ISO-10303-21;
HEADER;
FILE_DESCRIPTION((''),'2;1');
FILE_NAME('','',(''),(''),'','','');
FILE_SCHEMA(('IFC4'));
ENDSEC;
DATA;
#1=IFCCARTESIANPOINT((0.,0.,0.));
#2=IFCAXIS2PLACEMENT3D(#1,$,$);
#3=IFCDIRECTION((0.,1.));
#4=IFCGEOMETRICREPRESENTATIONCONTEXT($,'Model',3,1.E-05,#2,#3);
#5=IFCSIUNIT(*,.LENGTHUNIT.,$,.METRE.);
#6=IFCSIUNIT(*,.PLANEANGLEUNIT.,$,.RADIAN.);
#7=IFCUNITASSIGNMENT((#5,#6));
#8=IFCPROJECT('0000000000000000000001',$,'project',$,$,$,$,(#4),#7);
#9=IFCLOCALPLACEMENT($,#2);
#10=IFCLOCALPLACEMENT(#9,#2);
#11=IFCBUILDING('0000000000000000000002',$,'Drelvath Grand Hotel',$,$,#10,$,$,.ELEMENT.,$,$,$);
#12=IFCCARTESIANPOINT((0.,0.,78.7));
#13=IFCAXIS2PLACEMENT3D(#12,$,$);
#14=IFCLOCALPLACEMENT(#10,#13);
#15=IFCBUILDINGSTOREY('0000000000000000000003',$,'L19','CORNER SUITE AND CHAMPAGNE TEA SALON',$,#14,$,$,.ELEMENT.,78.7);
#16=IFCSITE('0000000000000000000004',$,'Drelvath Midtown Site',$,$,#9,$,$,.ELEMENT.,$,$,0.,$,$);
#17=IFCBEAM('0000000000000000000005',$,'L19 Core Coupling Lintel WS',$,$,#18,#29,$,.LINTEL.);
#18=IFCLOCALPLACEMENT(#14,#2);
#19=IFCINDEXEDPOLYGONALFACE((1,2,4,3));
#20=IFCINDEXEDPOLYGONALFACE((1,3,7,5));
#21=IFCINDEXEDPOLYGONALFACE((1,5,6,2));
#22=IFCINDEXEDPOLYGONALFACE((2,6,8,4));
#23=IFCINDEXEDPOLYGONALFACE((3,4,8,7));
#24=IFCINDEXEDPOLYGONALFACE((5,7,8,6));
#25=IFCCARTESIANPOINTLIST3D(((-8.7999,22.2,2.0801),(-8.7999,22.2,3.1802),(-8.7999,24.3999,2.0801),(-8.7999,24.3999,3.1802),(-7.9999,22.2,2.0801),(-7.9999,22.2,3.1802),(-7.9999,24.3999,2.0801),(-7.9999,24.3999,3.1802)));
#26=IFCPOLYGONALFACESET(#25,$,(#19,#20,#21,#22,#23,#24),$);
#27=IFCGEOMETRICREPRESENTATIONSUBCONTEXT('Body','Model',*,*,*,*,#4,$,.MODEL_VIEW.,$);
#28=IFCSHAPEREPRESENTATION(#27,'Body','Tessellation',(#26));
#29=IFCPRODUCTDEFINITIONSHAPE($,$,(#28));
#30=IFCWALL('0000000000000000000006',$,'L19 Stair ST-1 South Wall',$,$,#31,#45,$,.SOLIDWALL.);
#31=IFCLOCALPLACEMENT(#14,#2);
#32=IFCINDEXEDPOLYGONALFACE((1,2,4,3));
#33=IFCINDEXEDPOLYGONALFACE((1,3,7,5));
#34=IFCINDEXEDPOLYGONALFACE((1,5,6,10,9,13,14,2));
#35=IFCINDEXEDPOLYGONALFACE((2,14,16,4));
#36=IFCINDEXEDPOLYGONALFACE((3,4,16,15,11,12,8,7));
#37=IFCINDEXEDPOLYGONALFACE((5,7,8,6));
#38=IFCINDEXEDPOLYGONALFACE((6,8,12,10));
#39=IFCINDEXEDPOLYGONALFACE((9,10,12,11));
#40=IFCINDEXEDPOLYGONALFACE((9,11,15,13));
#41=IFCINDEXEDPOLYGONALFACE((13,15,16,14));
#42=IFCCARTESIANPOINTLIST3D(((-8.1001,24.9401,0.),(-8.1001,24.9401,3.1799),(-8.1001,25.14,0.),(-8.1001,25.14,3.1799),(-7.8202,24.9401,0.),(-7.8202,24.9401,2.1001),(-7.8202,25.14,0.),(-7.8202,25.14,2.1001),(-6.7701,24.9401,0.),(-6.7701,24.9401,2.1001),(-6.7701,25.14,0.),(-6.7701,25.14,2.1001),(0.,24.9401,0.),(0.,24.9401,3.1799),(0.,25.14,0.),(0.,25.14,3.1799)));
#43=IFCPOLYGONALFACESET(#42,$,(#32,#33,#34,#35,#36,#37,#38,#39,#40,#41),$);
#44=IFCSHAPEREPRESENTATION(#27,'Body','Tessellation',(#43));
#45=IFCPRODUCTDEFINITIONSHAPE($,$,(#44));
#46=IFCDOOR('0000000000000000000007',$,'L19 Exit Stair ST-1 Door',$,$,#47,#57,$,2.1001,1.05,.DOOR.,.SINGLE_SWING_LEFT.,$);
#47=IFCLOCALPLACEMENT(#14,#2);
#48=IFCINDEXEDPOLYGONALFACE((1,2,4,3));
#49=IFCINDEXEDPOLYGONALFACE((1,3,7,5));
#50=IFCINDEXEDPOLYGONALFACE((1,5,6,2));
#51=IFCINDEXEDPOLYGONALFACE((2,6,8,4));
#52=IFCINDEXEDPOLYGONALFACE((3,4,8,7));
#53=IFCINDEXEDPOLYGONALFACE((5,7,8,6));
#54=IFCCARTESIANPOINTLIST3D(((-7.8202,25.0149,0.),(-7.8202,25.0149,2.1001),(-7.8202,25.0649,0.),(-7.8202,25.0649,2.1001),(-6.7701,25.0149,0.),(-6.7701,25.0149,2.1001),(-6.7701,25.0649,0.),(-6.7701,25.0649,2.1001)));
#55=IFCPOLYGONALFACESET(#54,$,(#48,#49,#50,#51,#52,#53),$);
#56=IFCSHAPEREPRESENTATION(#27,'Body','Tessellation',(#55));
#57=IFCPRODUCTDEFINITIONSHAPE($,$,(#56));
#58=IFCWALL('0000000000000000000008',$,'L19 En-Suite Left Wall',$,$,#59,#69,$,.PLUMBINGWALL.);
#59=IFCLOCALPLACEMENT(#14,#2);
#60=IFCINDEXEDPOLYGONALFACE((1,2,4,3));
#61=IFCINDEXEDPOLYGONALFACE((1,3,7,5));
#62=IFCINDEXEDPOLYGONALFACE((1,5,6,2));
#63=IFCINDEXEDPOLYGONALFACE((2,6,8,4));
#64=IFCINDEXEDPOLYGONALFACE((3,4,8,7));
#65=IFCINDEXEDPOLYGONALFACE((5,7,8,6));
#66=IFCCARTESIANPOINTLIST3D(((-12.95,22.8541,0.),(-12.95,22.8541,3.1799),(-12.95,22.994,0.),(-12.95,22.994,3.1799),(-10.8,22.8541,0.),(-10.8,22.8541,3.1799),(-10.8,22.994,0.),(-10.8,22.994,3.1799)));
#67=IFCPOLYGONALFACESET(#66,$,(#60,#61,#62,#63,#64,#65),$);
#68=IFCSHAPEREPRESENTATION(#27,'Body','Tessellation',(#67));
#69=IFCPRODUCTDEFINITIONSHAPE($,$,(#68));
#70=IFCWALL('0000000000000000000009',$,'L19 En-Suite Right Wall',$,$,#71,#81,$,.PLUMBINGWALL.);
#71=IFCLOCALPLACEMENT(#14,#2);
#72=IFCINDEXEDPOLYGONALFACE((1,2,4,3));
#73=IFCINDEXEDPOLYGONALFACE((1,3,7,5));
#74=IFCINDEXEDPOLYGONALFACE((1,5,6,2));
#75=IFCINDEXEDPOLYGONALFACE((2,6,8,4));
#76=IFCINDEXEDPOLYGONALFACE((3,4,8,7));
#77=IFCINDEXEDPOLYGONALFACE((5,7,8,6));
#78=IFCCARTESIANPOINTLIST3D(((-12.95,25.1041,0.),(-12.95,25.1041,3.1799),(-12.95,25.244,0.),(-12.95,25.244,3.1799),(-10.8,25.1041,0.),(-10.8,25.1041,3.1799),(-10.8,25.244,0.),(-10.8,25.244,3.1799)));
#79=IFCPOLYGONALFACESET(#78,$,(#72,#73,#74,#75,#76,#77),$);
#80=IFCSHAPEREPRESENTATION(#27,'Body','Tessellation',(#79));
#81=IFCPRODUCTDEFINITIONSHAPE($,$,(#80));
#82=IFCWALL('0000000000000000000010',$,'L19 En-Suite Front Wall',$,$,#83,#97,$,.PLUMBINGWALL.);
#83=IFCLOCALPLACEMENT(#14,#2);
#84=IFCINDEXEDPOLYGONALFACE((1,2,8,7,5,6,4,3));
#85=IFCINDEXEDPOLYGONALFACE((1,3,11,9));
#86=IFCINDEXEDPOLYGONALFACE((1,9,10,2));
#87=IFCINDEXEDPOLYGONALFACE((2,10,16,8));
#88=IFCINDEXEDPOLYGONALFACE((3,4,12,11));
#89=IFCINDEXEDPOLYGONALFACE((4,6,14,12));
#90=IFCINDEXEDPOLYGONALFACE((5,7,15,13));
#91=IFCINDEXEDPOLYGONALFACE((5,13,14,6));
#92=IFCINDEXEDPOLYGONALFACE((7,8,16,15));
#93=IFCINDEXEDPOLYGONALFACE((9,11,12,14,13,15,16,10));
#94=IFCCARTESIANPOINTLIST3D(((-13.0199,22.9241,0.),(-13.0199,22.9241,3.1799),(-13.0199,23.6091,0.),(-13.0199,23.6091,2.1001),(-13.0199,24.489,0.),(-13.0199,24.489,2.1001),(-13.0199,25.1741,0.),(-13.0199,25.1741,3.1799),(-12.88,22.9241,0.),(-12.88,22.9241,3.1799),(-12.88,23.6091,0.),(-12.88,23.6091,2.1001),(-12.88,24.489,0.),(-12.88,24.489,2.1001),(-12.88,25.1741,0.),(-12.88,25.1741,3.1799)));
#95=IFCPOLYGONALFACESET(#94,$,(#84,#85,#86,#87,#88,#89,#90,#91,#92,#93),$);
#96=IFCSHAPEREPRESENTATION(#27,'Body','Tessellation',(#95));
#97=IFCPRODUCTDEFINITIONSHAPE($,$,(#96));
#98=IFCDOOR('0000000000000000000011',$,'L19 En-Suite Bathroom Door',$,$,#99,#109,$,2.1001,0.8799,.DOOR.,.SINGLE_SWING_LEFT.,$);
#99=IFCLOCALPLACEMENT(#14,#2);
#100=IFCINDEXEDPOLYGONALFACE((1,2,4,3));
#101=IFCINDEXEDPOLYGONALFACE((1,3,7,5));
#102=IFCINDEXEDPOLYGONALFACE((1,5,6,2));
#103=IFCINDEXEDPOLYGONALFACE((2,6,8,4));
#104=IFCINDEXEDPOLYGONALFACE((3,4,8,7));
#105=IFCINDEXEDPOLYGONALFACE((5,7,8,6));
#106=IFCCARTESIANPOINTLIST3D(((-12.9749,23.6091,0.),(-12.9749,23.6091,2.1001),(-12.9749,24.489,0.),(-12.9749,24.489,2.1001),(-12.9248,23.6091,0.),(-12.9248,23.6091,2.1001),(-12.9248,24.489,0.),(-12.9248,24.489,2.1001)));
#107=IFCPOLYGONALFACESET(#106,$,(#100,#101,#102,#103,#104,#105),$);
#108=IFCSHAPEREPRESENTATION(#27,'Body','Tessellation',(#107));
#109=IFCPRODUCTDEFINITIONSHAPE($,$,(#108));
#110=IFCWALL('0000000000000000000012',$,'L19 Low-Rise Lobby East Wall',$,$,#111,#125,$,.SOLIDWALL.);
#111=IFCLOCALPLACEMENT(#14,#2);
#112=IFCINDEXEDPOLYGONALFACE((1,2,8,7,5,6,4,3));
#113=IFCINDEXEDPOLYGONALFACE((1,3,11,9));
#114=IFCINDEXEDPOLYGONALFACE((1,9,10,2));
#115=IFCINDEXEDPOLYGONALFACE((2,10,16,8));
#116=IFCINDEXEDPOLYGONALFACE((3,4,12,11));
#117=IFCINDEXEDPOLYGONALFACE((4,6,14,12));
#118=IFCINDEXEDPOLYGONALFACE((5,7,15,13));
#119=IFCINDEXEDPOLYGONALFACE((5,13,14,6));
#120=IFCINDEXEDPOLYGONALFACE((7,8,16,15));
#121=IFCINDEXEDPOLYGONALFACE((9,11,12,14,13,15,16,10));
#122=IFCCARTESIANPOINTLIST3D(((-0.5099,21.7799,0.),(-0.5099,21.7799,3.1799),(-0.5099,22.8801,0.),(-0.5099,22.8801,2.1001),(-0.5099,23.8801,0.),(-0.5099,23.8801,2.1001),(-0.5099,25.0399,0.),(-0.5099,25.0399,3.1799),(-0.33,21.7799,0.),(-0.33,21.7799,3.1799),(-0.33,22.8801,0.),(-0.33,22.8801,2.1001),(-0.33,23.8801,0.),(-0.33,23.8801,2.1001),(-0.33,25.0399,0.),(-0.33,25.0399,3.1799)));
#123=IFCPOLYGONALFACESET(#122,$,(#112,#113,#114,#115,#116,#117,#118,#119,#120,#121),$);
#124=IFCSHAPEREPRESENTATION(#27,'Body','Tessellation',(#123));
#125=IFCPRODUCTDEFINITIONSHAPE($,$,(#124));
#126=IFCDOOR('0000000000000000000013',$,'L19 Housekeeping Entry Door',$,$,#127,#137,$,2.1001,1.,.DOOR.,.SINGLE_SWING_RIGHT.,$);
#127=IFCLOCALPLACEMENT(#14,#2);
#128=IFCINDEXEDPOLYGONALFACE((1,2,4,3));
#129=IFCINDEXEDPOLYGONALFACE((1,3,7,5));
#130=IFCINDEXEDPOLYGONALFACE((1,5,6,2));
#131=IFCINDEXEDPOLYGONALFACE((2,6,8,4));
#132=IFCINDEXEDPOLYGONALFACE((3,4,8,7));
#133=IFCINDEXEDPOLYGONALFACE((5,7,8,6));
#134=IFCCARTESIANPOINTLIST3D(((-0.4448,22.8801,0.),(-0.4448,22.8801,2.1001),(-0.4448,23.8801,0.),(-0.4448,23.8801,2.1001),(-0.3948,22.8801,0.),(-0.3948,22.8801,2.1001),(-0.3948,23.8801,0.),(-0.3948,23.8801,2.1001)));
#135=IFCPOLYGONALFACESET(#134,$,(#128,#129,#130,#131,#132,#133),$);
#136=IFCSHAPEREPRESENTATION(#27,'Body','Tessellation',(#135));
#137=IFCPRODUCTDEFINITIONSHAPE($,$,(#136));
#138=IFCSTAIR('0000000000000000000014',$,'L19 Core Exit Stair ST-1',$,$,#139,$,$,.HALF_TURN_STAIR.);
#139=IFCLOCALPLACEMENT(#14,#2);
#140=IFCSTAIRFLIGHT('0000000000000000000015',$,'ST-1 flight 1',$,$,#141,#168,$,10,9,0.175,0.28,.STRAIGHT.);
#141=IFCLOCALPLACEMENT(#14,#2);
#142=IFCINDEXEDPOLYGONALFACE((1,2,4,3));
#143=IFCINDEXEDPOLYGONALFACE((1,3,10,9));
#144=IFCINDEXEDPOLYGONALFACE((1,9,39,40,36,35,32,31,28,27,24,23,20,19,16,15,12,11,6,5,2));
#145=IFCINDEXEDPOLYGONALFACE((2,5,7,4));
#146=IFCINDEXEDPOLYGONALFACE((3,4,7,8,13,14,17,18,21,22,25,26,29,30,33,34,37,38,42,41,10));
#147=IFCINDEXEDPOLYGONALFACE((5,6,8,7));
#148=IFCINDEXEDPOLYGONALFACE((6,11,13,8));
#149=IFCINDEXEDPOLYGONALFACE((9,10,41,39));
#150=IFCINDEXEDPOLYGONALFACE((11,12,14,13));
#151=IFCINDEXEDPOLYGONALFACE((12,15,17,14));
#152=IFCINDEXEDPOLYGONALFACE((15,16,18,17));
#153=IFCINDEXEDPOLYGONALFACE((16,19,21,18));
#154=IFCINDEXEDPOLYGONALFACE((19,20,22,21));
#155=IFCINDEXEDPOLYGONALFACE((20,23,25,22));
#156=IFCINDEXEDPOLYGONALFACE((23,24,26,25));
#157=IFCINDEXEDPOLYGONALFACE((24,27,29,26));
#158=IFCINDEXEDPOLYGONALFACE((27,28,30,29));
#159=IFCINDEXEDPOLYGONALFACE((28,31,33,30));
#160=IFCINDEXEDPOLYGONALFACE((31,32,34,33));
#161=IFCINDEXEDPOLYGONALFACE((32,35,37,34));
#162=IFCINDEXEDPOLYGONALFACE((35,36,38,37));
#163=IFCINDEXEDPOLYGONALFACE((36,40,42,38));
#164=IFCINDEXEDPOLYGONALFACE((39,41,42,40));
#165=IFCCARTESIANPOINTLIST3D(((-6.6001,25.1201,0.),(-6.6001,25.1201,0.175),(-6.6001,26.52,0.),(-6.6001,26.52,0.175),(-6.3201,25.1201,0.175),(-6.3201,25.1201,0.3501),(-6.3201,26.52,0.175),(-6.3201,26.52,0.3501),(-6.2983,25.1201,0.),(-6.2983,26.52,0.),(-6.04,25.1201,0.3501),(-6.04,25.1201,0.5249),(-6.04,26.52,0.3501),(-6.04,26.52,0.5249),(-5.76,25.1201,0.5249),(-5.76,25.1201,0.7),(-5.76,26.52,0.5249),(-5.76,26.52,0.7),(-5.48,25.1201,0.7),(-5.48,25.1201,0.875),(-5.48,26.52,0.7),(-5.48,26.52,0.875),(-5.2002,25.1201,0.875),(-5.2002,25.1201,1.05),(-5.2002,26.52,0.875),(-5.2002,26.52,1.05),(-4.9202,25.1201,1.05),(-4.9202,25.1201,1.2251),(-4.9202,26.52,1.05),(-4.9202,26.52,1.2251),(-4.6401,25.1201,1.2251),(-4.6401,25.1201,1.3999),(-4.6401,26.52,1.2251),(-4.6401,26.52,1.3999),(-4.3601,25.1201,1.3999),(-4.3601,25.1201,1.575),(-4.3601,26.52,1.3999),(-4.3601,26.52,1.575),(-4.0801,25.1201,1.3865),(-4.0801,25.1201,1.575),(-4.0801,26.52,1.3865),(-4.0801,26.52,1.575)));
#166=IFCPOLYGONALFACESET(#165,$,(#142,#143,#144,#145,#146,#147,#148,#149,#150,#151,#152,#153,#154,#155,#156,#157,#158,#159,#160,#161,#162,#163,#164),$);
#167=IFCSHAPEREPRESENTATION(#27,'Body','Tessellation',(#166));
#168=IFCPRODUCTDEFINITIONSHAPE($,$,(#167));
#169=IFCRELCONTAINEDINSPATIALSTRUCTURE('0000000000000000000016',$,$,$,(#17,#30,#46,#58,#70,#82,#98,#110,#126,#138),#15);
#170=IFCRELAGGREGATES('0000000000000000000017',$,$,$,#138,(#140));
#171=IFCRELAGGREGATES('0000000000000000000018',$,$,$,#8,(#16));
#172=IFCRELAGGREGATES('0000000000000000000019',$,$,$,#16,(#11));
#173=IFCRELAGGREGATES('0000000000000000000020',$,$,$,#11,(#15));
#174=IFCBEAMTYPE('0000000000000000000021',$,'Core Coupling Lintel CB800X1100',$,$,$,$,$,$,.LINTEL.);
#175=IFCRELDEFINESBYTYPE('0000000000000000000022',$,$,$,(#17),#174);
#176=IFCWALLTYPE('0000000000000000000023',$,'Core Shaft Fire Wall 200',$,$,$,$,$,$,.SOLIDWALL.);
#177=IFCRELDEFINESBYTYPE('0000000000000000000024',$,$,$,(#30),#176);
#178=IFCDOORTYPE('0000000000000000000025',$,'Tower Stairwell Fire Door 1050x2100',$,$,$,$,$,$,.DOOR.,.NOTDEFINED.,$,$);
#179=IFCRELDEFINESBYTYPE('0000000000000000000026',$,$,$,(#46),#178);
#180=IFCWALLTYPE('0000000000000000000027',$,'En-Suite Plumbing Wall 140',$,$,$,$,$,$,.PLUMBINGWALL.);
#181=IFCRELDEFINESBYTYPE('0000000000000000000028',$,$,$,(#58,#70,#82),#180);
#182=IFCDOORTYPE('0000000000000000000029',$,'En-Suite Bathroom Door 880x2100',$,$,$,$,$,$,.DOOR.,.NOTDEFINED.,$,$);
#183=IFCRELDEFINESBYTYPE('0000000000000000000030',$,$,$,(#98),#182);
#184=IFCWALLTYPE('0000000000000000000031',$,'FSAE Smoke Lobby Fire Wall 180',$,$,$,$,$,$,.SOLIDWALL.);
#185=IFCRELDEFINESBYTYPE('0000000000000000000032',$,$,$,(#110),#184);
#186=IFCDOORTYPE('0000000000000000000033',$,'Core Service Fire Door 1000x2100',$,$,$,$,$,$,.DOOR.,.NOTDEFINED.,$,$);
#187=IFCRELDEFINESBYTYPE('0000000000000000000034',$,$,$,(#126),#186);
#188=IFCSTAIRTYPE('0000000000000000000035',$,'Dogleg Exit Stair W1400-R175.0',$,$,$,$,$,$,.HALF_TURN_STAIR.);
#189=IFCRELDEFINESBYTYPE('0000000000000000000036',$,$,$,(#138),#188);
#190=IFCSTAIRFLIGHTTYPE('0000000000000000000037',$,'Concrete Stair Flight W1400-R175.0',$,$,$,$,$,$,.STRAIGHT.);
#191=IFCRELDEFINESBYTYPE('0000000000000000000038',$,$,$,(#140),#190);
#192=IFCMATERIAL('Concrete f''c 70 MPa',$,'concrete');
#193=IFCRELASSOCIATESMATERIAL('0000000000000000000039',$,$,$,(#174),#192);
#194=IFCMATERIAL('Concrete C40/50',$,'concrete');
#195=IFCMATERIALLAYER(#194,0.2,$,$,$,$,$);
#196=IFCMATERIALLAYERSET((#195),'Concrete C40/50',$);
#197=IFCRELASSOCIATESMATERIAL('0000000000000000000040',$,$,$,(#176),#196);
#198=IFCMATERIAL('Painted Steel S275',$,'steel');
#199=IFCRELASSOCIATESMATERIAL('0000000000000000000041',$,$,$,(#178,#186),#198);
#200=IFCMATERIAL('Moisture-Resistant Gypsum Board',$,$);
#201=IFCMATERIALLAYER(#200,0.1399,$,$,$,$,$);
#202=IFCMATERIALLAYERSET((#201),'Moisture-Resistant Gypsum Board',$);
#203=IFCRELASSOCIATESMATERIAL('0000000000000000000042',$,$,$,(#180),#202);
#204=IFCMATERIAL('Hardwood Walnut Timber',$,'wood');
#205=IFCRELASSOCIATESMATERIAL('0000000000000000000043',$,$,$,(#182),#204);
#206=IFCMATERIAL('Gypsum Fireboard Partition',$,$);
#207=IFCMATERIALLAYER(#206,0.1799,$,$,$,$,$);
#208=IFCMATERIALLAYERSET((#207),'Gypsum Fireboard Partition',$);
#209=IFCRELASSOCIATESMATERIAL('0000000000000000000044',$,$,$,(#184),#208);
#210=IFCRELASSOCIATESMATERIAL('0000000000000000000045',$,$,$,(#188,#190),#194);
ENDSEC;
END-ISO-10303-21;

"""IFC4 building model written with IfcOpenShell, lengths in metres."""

from ifc_helpers import new_model, si_unit, direction, frame, frame_2d, origin, origin_2d, place, context, subcontext, project, spatial, polyline, rectangle, outline, extrude, material, layer, layer_set, material_profile, profile_set, type_object, element, fill, aggregate, save


model = new_model("IFC4")

# Units and contexts
model_context = context("Model", 3, precision=1e-05, world=origin(), true_north=direction((0.0, 1.0)))
body_context = subcontext(model_context, "Body", "Model", "MODEL_VIEW")
ifc_project = project(units=[si_unit("LENGTHUNIT", "METRE"), si_unit("PLANEANGLEUNIT", "RADIAN")], contexts=[model_context])

# Site, building, storey
site_placement = place(None, origin())
site = spatial("IfcSite", under=ifc_project, at=site_placement, Name="Drelvath Midtown Site", CompositionType="ELEMENT", RefElevation=0.0)
building_placement = place(site_placement, origin())
building = spatial("IfcBuilding", under=site, at=building_placement, Name="Drelvath Grand Hotel", CompositionType="ELEMENT")
storey_placement = place(building_placement, frame((0.0, 0.0, 78.7)))
storey = spatial("IfcBuildingStorey", under=building, at=storey_placement, Name="L19", Description="CORNER SUITE AND CHAMPAGNE TEA SALON", CompositionType="ELEMENT", Elevation=78.7)

# Beam
ifc_material_1 = material(Name="Concrete f'c 70 MPa", Category="concrete")
ifc_material_profile = material_profile(ifc_material_1, rectangle(XDim=0.8, YDim=1.1001, at=origin_2d()), Name="CB800X1100")
ifc_profile_set = profile_set([ifc_material_profile], Name="Concrete f'c 70 MPa")
beam_type = type_object("IfcBeamType", Name="Core Coupling Lintel CB800X1100", PredefinedType="LINTEL", material=ifc_profile_set)
beam_placement = place(storey_placement, frame((-8.3999, 22.2, 2.6301), z_axis=(0.0, 1.0, 0.0), x_axis=(-1.0, 0.0, 0.0)))
element("IfcBeam", 1, at=beam_placement, inside=storey, type_object=beam_type, Name="L19 Core Coupling Lintel WS", PredefinedType="LINTEL", context=body_context, shape_type="SweptSolid", body=[
    extrude(rectangle(XDim=0.8, YDim=1.1001, at=origin_2d()), origin(), (0.0, 0.0, 1.0), 2.2),
])

# Wall, opening, door
ifc_material_2 = material(Name="Concrete C40/50", Category="concrete")
ifc_layer_1 = layer(ifc_material_2, 0.2)
ifc_layer_set_1 = layer_set([ifc_layer_1], Name="Concrete C40/50")
wall_type_1 = type_object("IfcWallType", Name="Core Shaft Fire Wall 200", PredefinedType="SOLIDWALL", material=ifc_layer_set_1)
wall_1_placement = place(storey_placement, frame((-8.1001, 25.04, 0.0), z_axis=(0.0, 0.0, 1.0), x_axis=(1.0, 0.0, 0.0)))
wall_1 = element("IfcWall", 2, at=wall_1_placement, inside=storey, type_object=wall_type_1, Name="L19 Stair ST-1 South Wall", PredefinedType="SOLIDWALL", context=body_context, shape_type="SweptSolid", body=[
    extrude(rectangle(XDim=8.1001, YDim=0.2, at=frame_2d((4.05, 0.0))), origin(), (0.0, 0.0, 1.0), 3.1799),
])
opening_1_placement = place(wall_1_placement, frame((0.28, 0.0, 0.0)))
opening_1 = element("IfcOpeningElement", 3, at=opening_1_placement, cuts=wall_1, PredefinedType="OPENING", context=body_context, shape_type="SweptSolid", body=[
    extrude(rectangle(XDim=1.05, YDim=2.1001, at=frame_2d((0.5249, 1.05))), frame((0.0, 0.1099, 0.0), z_axis=(0.0, -1.0, 0.0), x_axis=(1.0, 0.0, 0.0)), (0.0, 0.0, 1.0), 0.22),
])
ifc_material_3 = material(Name="Painted Steel S275", Category="steel")
door_type_1 = type_object("IfcDoorType", Name="Tower Stairwell Fire Door 1050x2100", OperationType="NOTDEFINED", PredefinedType="DOOR", material=ifc_material_3)
door_1_placement = place(opening_1_placement, origin())
door_1 = element("IfcDoor", 4, at=door_1_placement, inside=storey, type_object=door_type_1, Name="L19 Exit Stair ST-1 Door", OperationType="SINGLE_SWING_LEFT", OverallHeight=2.1001, OverallWidth=1.05, PredefinedType="DOOR", context=body_context, shape_type="SweptSolid", body=[
    extrude(rectangle(XDim=1.05, YDim=2.1001, at=frame_2d((0.5249, 1.05))), frame((0.0, 0.0249, 0.0), z_axis=(0.0, -1.0, 0.0), x_axis=(1.0, 0.0, 0.0)), (0.0, 0.0, 1.0), 0.05),
])
fill(opening_1, door_1)

# Walls
ifc_material_4 = material(Name="Moisture-Resistant Gypsum Board")
ifc_layer_2 = layer(ifc_material_4, 0.1399)
ifc_layer_set_2 = layer_set([ifc_layer_2], Name="Moisture-Resistant Gypsum Board")
wall_type_2 = type_object("IfcWallType", Name="En-Suite Plumbing Wall 140", PredefinedType="PLUMBINGWALL", material=ifc_layer_set_2)
for number, where, z_axis, x_axis, name in (
    (5, (-10.8, 22.9241, 0.0), (0.0, 0.0, 1.0), (-1.0, 0.0, 0.0), "L19 En-Suite Left Wall"),
    (6, (-10.8, 25.1741, 0.0), (0.0, 0.0, 1.0), (-1.0, 0.0, 0.0), "L19 En-Suite Right Wall"),
):
    element("IfcWall", number, at=place(storey_placement, frame(where, z_axis=z_axis, x_axis=x_axis)), inside=storey, type_object=wall_type_2, Name=name, PredefinedType="PLUMBINGWALL", context=body_context, shape_type="SweptSolid", body=[
        extrude(rectangle(XDim=2.1499, YDim=0.1399, at=frame_2d((1.075, 0.0))), origin(), (0.0, 0.0, 1.0), 3.1799),
    ])

# Walls, openings, doors
wall_2_placement = place(storey_placement, frame((-12.95, 22.9241, 0.0), z_axis=(0.0, 0.0, 1.0), x_axis=(0.0, 1.0, 0.0)))
wall_2 = element("IfcWall", 7, at=wall_2_placement, inside=storey, type_object=wall_type_2, Name="L19 En-Suite Front Wall", PredefinedType="PLUMBINGWALL", context=body_context, shape_type="SweptSolid", body=[
    extrude(rectangle(XDim=2.25, YDim=0.1399, at=frame_2d((1.125, 0.0))), origin(), (0.0, 0.0, 1.0), 3.1799),
])
opening_2_placement = place(wall_2_placement, frame((0.6851, 0.0, 0.0)))
opening_2 = element("IfcOpeningElement", 8, at=opening_2_placement, cuts=wall_2, PredefinedType="OPENING", context=body_context, shape_type="SweptSolid", body=[
    extrude(rectangle(XDim=0.8799, YDim=2.1001, at=frame_2d((0.4399, 1.05))), frame((0.0, 0.0798, 0.0), z_axis=(0.0, -1.0, 0.0), x_axis=(1.0, 0.0, 0.0)), (0.0, 0.0, 1.0), 0.1599),
])
ifc_material_5 = material(Name="Hardwood Walnut Timber", Category="wood")
door_type_2 = type_object("IfcDoorType", Name="En-Suite Bathroom Door 880x2100", OperationType="NOTDEFINED", PredefinedType="DOOR", material=ifc_material_5)
door_2_placement = place(opening_2_placement, origin())
door_2 = element("IfcDoor", 9, at=door_2_placement, inside=storey, type_object=door_type_2, Name="L19 En-Suite Bathroom Door", OperationType="SINGLE_SWING_LEFT", OverallHeight=2.1001, OverallWidth=0.8799, PredefinedType="DOOR", context=body_context, shape_type="SweptSolid", body=[
    extrude(rectangle(XDim=0.8799, YDim=2.1001, at=frame_2d((0.4399, 1.05))), frame((0.0, 0.0249, 0.0), z_axis=(0.0, -1.0, 0.0), x_axis=(1.0, 0.0, 0.0)), (0.0, 0.0, 1.0), 0.05),
])
fill(opening_2, door_2)
ifc_material_6 = material(Name="Gypsum Fireboard Partition")
ifc_layer_3 = layer(ifc_material_6, 0.1799)
ifc_layer_set_3 = layer_set([ifc_layer_3], Name="Gypsum Fireboard Partition")
wall_type_3 = type_object("IfcWallType", Name="FSAE Smoke Lobby Fire Wall 180", PredefinedType="SOLIDWALL", material=ifc_layer_set_3)
wall_3_placement = place(storey_placement, frame((-0.4199, 21.78, 0.0), z_axis=(0.0, 0.0, 1.0), x_axis=(0.0, 1.0, 0.0)))
wall_3 = element("IfcWall", 10, at=wall_3_placement, inside=storey, type_object=wall_type_3, Name="L19 Low-Rise Lobby East Wall", PredefinedType="SOLIDWALL", context=body_context, shape_type="SweptSolid", body=[
    extrude(rectangle(XDim=3.26, YDim=0.1799, at=frame_2d((1.6299, 0.0))), origin(), (0.0, 0.0, 1.0), 3.1799),
])
opening_3_placement = place(wall_3_placement, frame((1.1001, 0.0, 0.0)))
opening_3 = element("IfcOpeningElement", 11, at=opening_3_placement, cuts=wall_3, PredefinedType="OPENING", context=body_context, shape_type="SweptSolid", body=[
    extrude(rectangle(XDim=1.0, YDim=2.1001, at=frame_2d((0.5, 1.05))), frame((0.0, 0.0999, 0.0), z_axis=(0.0, -1.0, 0.0), x_axis=(1.0, 0.0, 0.0)), (0.0, 0.0, 1.0), 0.2),
])
door_type_3 = type_object("IfcDoorType", Name="Core Service Fire Door 1000x2100", OperationType="NOTDEFINED", PredefinedType="DOOR", material=ifc_material_3)
door_3_placement = place(opening_3_placement, origin())
door_3 = element("IfcDoor", 12, at=door_3_placement, inside=storey, type_object=door_type_3, Name="L19 Housekeeping Entry Door", OperationType="SINGLE_SWING_RIGHT", OverallHeight=2.1001, OverallWidth=1.0, PredefinedType="DOOR", context=body_context, shape_type="SweptSolid", body=[
    extrude(rectangle(XDim=1.0, YDim=2.1001, at=frame_2d((0.5, 1.05))), frame((0.0, 0.0249, 0.0), z_axis=(0.0, -1.0, 0.0), x_axis=(1.0, 0.0, 0.0)), (0.0, 0.0, 1.0), 0.05),
])
fill(opening_3, door_3)

# Stair, stair flight
stair_type = type_object("IfcStairType", Name="Dogleg Exit Stair W1400-R175.0", PredefinedType="HALF_TURN_STAIR", material=ifc_material_2)
stair_placement = place(storey_placement, origin())
stair = element("IfcStair", 13, at=stair_placement, inside=storey, type_object=stair_type, Name="L19 Core Exit Stair ST-1", PredefinedType="HALF_TURN_STAIR")
stair_flight_type = type_object("IfcStairFlightType", Name="Concrete Stair Flight W1400-R175.0", PredefinedType="STRAIGHT", material=ifc_material_2)
stair_flight_placement = place(storey_placement, frame((-6.6001, 25.8201, 0.0), z_axis=(0.0, 0.0, 1.0), x_axis=(1.0, 0.0, 0.0)))
stair_flight = element("IfcStairFlight", 14, at=stair_flight_placement, type_object=stair_flight_type, Name="ST-1 flight 1", NumberOfRisers=10, NumberOfTreads=9, PredefinedType="STRAIGHT", RiserHeight=0.175, TreadLength=0.28, context=body_context, shape_type="SweptSolid", body=[
    extrude(outline(polyline([(0.0, 0.0), (0.0, 0.175), (0.28, 0.175), (0.28, 0.3501), (0.5601, 0.3501), (0.5601, 0.5249), (0.8401, 0.5249), (0.8401, 0.7), (1.1201, 0.7), (1.1201, 0.875), (1.3999, 0.875), (1.3999, 1.05), (1.6799, 1.05), (1.6799, 1.2251), (1.96, 1.2251), (1.96, 1.3999), (2.24, 1.3999), (2.24, 1.575), (2.52, 1.575), (2.52, 1.75), (2.52, 1.3865), (0.3018, 0.0), (0.0, 0.0)])), frame((0.0, 0.7, 0.0), z_axis=(0.0, -1.0, 0.0), x_axis=(1.0, 0.0, 0.0)), (0.0, 0.0, 1.0), 1.3999),
])
aggregate(stair, [stair_flight])

save(model, "model.ifc")
